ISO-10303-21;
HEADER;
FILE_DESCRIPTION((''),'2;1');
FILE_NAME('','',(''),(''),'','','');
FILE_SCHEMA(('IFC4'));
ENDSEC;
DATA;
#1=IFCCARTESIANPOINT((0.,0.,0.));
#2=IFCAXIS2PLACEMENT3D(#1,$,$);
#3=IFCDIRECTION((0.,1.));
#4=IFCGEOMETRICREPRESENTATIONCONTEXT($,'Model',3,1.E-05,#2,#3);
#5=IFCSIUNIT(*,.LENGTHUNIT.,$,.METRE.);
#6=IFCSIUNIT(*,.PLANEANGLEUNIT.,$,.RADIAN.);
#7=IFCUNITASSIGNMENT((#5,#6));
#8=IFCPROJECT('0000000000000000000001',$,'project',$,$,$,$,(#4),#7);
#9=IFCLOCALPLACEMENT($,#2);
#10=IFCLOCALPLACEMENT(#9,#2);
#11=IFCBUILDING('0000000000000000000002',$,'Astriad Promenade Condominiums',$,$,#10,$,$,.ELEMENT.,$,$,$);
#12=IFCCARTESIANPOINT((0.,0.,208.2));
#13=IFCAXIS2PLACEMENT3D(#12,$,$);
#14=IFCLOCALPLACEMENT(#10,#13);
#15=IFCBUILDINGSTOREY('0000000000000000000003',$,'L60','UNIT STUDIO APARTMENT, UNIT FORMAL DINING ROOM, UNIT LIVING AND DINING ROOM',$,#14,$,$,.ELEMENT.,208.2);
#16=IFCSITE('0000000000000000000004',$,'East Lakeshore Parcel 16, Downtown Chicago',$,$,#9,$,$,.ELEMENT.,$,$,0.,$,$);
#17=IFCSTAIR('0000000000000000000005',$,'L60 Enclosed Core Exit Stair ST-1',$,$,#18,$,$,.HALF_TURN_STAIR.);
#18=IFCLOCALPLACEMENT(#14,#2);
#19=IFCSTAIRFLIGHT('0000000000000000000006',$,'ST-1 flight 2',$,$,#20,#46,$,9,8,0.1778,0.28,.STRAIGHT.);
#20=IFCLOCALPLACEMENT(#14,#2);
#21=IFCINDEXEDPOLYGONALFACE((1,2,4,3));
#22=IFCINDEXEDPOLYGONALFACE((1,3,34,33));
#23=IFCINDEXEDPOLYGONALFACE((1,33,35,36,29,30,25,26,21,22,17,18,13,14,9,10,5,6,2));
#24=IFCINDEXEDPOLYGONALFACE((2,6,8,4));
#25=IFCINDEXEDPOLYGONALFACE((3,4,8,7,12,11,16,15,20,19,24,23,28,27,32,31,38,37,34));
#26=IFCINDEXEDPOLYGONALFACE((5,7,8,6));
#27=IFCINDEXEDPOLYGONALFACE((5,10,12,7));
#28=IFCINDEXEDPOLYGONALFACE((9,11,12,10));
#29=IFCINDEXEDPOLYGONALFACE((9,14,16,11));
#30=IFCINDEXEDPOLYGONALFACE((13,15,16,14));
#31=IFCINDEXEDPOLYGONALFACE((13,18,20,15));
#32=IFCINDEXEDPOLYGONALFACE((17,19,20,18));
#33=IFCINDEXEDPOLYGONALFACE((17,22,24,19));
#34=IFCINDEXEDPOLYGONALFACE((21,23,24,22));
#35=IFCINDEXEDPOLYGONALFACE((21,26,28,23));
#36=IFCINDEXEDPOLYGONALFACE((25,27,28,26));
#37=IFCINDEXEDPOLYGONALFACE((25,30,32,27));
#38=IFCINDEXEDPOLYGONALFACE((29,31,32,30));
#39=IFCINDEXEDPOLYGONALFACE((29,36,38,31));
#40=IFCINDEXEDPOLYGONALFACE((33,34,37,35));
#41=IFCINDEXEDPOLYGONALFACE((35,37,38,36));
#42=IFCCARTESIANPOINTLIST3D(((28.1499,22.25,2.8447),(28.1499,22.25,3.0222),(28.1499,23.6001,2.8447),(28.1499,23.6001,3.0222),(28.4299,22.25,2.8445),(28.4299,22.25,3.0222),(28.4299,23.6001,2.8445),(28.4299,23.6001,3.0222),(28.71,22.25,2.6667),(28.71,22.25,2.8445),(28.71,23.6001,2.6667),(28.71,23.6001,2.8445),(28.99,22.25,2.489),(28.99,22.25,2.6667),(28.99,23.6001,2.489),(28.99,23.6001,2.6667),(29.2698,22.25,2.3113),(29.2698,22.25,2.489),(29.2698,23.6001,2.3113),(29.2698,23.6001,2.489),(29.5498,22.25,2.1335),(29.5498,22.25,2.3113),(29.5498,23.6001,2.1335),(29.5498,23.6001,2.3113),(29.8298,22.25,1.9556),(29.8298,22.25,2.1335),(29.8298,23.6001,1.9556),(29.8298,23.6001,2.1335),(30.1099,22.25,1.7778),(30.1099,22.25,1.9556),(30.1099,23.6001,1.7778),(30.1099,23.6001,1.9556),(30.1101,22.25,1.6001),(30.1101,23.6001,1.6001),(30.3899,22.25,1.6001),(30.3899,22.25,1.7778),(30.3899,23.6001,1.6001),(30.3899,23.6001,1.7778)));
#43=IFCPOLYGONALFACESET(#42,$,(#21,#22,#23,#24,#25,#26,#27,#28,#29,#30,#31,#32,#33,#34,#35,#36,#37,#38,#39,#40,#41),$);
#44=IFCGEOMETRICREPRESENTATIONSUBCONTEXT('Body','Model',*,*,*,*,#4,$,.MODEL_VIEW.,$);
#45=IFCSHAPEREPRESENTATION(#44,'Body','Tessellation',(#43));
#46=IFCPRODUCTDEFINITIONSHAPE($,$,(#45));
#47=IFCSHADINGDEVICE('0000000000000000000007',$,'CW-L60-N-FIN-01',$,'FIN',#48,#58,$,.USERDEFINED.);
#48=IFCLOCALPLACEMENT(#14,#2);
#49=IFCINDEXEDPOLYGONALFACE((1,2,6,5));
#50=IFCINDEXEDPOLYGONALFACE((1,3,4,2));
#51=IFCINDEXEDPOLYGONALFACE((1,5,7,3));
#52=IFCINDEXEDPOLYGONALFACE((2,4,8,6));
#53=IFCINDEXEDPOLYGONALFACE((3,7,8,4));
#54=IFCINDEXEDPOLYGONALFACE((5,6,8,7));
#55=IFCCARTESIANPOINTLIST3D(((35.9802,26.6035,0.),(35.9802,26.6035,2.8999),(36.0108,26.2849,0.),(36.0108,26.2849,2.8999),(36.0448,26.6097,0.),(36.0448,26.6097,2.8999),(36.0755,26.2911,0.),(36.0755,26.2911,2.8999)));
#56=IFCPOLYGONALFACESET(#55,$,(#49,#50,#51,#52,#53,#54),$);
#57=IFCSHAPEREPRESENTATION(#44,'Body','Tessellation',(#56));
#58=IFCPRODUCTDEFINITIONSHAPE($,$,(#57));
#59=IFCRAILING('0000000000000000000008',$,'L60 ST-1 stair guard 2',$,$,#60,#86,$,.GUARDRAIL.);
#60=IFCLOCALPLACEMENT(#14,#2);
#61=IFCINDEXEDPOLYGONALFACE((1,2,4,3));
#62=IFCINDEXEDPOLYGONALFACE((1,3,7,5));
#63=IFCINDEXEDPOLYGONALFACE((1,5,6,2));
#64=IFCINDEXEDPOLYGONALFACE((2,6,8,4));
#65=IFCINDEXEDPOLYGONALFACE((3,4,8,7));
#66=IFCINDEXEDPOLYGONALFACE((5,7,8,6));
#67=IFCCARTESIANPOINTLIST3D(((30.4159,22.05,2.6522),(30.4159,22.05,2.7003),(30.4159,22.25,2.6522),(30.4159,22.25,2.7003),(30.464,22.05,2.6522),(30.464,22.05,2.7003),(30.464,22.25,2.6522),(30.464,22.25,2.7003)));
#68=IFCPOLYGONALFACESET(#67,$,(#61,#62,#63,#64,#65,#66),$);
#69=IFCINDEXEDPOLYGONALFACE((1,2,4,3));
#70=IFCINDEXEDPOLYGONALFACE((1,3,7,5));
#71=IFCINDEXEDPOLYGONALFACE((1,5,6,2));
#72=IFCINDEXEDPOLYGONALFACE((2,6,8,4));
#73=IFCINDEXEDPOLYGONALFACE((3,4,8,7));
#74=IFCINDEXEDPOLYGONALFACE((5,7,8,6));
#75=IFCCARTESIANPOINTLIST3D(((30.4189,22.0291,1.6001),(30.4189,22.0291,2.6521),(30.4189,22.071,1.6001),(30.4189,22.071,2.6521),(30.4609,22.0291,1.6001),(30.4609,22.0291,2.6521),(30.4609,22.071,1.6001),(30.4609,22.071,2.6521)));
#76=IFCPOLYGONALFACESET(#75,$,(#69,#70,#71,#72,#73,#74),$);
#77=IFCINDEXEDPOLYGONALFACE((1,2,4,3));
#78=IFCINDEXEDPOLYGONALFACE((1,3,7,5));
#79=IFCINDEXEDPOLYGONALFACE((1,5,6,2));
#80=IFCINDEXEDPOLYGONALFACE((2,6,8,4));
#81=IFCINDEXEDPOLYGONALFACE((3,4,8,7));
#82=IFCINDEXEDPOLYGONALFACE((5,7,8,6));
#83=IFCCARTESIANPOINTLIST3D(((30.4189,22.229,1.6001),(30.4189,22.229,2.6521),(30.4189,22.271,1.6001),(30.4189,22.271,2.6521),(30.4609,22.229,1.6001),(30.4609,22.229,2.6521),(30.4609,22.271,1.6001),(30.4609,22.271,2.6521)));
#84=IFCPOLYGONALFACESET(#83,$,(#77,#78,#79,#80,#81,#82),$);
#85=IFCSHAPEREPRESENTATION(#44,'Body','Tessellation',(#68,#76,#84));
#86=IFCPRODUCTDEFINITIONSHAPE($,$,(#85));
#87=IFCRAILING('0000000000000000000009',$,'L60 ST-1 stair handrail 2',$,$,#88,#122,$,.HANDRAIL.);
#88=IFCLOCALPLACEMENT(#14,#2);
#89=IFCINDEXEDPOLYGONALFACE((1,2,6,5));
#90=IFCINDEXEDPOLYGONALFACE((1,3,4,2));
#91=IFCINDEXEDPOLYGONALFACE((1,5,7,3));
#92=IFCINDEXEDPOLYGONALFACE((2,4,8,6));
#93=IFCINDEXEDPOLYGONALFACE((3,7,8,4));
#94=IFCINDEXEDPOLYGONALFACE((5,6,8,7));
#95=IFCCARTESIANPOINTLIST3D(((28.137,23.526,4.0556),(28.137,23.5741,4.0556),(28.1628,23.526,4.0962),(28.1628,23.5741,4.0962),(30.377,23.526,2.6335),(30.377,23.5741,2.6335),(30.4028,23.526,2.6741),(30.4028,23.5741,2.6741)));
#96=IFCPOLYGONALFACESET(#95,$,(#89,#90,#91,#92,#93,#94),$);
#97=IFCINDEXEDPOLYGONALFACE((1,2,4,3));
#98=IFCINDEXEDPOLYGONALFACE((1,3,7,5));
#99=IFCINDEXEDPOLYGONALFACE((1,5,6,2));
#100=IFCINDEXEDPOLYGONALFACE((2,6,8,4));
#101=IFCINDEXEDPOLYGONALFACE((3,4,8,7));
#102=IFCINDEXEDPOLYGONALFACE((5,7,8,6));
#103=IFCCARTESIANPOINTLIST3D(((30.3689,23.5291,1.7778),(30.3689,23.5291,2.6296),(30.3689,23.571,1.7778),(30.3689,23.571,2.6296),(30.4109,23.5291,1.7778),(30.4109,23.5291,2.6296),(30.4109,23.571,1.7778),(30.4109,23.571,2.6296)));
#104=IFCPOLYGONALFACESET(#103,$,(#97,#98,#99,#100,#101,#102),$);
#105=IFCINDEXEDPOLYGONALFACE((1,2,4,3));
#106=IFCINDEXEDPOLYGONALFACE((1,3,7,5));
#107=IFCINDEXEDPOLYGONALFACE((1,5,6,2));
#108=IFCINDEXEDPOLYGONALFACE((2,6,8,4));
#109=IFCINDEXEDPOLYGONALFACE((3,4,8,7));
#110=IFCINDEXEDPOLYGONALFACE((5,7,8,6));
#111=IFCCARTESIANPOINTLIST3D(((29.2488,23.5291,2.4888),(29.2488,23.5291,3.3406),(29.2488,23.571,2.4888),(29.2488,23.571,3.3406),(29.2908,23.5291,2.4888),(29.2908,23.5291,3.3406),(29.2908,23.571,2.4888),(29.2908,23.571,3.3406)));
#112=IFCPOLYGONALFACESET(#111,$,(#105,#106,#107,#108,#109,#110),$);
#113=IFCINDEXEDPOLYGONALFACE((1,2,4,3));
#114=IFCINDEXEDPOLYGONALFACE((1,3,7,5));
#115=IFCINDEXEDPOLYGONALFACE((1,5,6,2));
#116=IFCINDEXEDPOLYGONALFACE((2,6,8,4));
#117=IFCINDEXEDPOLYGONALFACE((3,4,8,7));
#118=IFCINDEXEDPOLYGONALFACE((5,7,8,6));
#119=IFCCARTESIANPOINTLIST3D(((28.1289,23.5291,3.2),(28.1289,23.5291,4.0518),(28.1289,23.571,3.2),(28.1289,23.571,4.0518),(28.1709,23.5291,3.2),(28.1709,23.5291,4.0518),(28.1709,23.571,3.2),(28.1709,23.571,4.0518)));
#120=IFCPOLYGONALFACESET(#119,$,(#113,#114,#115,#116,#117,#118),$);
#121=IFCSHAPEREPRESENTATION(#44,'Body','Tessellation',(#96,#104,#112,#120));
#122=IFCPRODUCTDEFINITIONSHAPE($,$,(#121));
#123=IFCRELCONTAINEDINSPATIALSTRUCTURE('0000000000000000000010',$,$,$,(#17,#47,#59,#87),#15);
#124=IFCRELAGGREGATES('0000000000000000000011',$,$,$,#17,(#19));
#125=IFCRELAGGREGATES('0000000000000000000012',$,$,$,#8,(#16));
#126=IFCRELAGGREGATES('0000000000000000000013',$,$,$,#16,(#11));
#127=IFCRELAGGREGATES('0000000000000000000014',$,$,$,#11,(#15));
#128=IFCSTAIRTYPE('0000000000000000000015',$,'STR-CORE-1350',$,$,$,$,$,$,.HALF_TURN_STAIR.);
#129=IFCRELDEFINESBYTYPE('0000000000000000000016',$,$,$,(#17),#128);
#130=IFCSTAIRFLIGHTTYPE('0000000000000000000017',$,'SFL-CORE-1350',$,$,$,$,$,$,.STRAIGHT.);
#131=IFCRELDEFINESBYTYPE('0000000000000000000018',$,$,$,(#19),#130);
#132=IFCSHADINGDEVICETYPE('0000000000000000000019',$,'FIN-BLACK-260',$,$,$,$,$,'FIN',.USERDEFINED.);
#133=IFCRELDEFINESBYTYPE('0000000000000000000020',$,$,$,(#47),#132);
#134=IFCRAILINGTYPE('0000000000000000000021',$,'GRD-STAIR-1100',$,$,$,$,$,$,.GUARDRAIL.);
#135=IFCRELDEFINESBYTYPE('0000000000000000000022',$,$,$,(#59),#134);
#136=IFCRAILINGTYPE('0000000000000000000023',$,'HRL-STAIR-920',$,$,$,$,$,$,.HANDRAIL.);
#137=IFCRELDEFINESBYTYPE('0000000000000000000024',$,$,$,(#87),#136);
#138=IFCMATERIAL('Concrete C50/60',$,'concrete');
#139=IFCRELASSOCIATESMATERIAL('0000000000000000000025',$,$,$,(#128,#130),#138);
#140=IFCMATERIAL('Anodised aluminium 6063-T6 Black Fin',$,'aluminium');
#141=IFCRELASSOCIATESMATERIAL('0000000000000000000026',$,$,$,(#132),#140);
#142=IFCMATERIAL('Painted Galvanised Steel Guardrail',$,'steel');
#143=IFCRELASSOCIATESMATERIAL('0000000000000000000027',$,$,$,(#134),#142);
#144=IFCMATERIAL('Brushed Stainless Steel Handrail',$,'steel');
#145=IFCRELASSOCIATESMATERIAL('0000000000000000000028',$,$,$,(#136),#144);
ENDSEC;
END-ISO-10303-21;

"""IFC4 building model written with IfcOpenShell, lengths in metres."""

from ifc_helpers import new_model, si_unit, direction, frame, origin, origin_2d, place, context, subcontext, project, spatial, polyline, rectangle, outline, extrude, source, transform, mapped, material, type_object, type_shapes, element, aggregate, save


model = new_model("IFC4")

# Units and contexts
model_context = context("Model", 3, precision=1e-05, world=origin(), true_north=direction((0.0, 1.0)))
body_context = subcontext(model_context, "Body", "Model", "MODEL_VIEW")
ifc_project = project(units=[si_unit("LENGTHUNIT", "METRE"), si_unit("PLANEANGLEUNIT", "RADIAN")], contexts=[model_context])

# Site, building, storey
site_placement = place(None, origin())
site = spatial("IfcSite", under=ifc_project, at=site_placement, Name="East Lakeshore Parcel 16, Downtown Chicago", CompositionType="ELEMENT", RefElevation=0.0)
building_placement = place(site_placement, origin())
building = spatial("IfcBuilding", under=site, at=building_placement, Name="Astriad Promenade Condominiums", CompositionType="ELEMENT")
storey_placement = place(building_placement, frame((0.0, 0.0, 208.2)))
storey = spatial("IfcBuildingStorey", under=building, at=storey_placement, Name="L60", Description="UNIT STUDIO APARTMENT, UNIT FORMAL DINING ROOM, UNIT LIVING AND DINING ROOM", CompositionType="ELEMENT", Elevation=208.2)

# Shared definitions
ifc_material_1 = material(Name="Concrete C50/60", Category="concrete")

# Stair, stair flight
stair_type = type_object("IfcStairType", Name="STR-CORE-1350", PredefinedType="HALF_TURN_STAIR", material=ifc_material_1)
stair_placement = place(storey_placement, origin())
stair = element("IfcStair", 1, at=stair_placement, inside=storey, type_object=stair_type, Name="L60 Enclosed Core Exit Stair ST-1", PredefinedType="HALF_TURN_STAIR")
stair_flight_type = type_object("IfcStairFlightType", Name="SFL-CORE-1350", PredefinedType="STRAIGHT", material=ifc_material_1)
shared_shape_1 = source(origin(), body_context, "Body", "SweptSolid", [
    extrude(outline(polyline([(0.0, 0.0), (0.0, 0.1777), (0.28, 0.1777), (0.28, 0.3555), (0.5601, 0.3555), (0.5601, 0.5334), (0.8401, 0.5334), (0.8401, 0.7112), (1.1201, 0.7112), (1.1201, 0.8889), (1.3999, 0.8889), (1.3999, 1.0667), (1.6799, 1.0667), (1.6799, 1.2444), (1.96, 1.2444), (1.96, 1.4221), (2.24, 1.4221), (2.24, 1.6001), (2.24, 1.2446), (0.2798, 0.0), (0.0, 0.0)])), frame((0.0, 0.675, 0.0), z_axis=(0.0, -1.0, 0.0), x_axis=(1.0, 0.0, 0.0)), (0.0, 0.0, 1.0), 1.3501),
])
type_shapes(stair_flight_type, [shared_shape_1])
stair_flight_placement = place(storey_placement, frame((30.3899, 22.925, 1.6001), z_axis=(0.0, 0.0, 1.0), x_axis=(-1.0, 0.0, 0.0)))
stair_flight = element("IfcStairFlight", 2, at=stair_flight_placement, type_object=stair_flight_type, Name="ST-1 flight 2", NumberOfRisers=9, NumberOfTreads=8, PredefinedType="STRAIGHT", RiserHeight=0.1778, TreadLength=0.28, context=body_context, shape_type="MappedRepresentation", body=[
    mapped(shared_shape_1, transform((0.0, 0.0, 0.0), scale=1.0)),
])
aggregate(stair, [stair_flight])

# Shading device
ifc_material_2 = material(Name="Anodised aluminium 6063-T6 Black Fin", Category="aluminium")
shading_device_type = type_object("IfcShadingDeviceType", Name="FIN-BLACK-260", ElementType="FIN", PredefinedType="USERDEFINED", material=ifc_material_2)
shared_shape_2 = source(origin(), body_context, "Body", "SweptSolid", [
    extrude(rectangle(XDim=0.0649, YDim=0.3201, at=origin_2d()), origin(), (0.0, 0.0, 1.0), 2.8999),
])
type_shapes(shading_device_type, [shared_shape_2])
shading_device_placement = place(storey_placement, frame((36.0278, 26.4473, 0.0), z_axis=(0.0, 0.0, 1.0), x_axis=(0.995396, 0.095846, 0.0)))
element("IfcShadingDevice", 3, at=shading_device_placement, inside=storey, type_object=shading_device_type, Name="CW-L60-N-FIN-01", ObjectType="FIN", PredefinedType="USERDEFINED", context=body_context, shape_type="MappedRepresentation", body=[
    mapped(shared_shape_2, transform((0.0, 0.0, 0.0), scale=1.0)),
])

# Railings
ifc_material_3 = material(Name="Painted Galvanised Steel Guardrail", Category="steel")
railing_type_1 = type_object("IfcRailingType", Name="GRD-STAIR-1100", PredefinedType="GUARDRAIL", material=ifc_material_3)
shared_shape_3 = source(origin(), body_context, "Body", "SweptSolid", [
    extrude(rectangle(XDim=0.0481, YDim=0.0481, at=origin_2d()), frame((0.0, 0.0, 1.0762), z_axis=(0.0, 1.0, 0.0), x_axis=(-1.0, 0.0, 0.0)), (0.0, 0.0, 1.0), 0.2),
    extrude(rectangle(XDim=0.042, YDim=0.042, at=origin_2d()), origin(), (0.0, 0.0, 1.0), 1.052),
    extrude(rectangle(XDim=0.042, YDim=0.042, at=origin_2d()), frame((0.0, 0.2, 0.0)), (0.0, 0.0, 1.0), 1.052),
])
type_shapes(railing_type_1, [shared_shape_3])
railing_1_placement = place(storey_placement, frame((30.4399, 22.05, 1.6001)))
element("IfcRailing", 4, at=railing_1_placement, inside=storey, type_object=railing_type_1, Name="L60 ST-1 stair guard 2", PredefinedType="GUARDRAIL", context=body_context, shape_type="MappedRepresentation", body=[
    mapped(shared_shape_3, transform((0.0, 0.0, 0.0), scale=1.0)),
])
ifc_material_4 = material(Name="Brushed Stainless Steel Handrail", Category="steel")
railing_type_2 = type_object("IfcRailingType", Name="HRL-STAIR-920", PredefinedType="HANDRAIL", material=ifc_material_4)
shared_shape_4 = source(origin(), body_context, "Body", "SweptSolid", [
    extrude(rectangle(XDim=0.0481, YDim=0.0481, at=origin_2d()), frame((0.0, 0.0, 0.876), z_axis=(-0.844229, 0.0, 0.535982), x_axis=(0.0, -1.0, 0.0)), (0.0, 0.0, 1.0), 2.6533),
    extrude(rectangle(XDim=0.042, YDim=0.042, at=origin_2d()), origin(), (0.0, 0.0, 1.0), 0.8518),
    extrude(rectangle(XDim=0.042, YDim=0.042, at=origin_2d()), frame((-1.1201, 0.0, 0.7109)), (0.0, 0.0, 1.0), 0.8518),
    extrude(rectangle(XDim=0.042, YDim=0.042, at=origin_2d()), frame((-2.24, 0.0, 1.4221)), (0.0, 0.0, 1.0), 0.8518),
])
type_shapes(railing_type_2, [shared_shape_4])
railing_2_placement = place(storey_placement, frame((30.3899, 23.55, 1.7778)))
element("IfcRailing", 5, at=railing_2_placement, inside=storey, type_object=railing_type_2, Name="L60 ST-1 stair handrail 2", PredefinedType="HANDRAIL", context=body_context, shape_type="MappedRepresentation", body=[
    mapped(shared_shape_4, transform((0.0, 0.0, 0.0), scale=1.0)),
])

save(model, "model.ifc")
